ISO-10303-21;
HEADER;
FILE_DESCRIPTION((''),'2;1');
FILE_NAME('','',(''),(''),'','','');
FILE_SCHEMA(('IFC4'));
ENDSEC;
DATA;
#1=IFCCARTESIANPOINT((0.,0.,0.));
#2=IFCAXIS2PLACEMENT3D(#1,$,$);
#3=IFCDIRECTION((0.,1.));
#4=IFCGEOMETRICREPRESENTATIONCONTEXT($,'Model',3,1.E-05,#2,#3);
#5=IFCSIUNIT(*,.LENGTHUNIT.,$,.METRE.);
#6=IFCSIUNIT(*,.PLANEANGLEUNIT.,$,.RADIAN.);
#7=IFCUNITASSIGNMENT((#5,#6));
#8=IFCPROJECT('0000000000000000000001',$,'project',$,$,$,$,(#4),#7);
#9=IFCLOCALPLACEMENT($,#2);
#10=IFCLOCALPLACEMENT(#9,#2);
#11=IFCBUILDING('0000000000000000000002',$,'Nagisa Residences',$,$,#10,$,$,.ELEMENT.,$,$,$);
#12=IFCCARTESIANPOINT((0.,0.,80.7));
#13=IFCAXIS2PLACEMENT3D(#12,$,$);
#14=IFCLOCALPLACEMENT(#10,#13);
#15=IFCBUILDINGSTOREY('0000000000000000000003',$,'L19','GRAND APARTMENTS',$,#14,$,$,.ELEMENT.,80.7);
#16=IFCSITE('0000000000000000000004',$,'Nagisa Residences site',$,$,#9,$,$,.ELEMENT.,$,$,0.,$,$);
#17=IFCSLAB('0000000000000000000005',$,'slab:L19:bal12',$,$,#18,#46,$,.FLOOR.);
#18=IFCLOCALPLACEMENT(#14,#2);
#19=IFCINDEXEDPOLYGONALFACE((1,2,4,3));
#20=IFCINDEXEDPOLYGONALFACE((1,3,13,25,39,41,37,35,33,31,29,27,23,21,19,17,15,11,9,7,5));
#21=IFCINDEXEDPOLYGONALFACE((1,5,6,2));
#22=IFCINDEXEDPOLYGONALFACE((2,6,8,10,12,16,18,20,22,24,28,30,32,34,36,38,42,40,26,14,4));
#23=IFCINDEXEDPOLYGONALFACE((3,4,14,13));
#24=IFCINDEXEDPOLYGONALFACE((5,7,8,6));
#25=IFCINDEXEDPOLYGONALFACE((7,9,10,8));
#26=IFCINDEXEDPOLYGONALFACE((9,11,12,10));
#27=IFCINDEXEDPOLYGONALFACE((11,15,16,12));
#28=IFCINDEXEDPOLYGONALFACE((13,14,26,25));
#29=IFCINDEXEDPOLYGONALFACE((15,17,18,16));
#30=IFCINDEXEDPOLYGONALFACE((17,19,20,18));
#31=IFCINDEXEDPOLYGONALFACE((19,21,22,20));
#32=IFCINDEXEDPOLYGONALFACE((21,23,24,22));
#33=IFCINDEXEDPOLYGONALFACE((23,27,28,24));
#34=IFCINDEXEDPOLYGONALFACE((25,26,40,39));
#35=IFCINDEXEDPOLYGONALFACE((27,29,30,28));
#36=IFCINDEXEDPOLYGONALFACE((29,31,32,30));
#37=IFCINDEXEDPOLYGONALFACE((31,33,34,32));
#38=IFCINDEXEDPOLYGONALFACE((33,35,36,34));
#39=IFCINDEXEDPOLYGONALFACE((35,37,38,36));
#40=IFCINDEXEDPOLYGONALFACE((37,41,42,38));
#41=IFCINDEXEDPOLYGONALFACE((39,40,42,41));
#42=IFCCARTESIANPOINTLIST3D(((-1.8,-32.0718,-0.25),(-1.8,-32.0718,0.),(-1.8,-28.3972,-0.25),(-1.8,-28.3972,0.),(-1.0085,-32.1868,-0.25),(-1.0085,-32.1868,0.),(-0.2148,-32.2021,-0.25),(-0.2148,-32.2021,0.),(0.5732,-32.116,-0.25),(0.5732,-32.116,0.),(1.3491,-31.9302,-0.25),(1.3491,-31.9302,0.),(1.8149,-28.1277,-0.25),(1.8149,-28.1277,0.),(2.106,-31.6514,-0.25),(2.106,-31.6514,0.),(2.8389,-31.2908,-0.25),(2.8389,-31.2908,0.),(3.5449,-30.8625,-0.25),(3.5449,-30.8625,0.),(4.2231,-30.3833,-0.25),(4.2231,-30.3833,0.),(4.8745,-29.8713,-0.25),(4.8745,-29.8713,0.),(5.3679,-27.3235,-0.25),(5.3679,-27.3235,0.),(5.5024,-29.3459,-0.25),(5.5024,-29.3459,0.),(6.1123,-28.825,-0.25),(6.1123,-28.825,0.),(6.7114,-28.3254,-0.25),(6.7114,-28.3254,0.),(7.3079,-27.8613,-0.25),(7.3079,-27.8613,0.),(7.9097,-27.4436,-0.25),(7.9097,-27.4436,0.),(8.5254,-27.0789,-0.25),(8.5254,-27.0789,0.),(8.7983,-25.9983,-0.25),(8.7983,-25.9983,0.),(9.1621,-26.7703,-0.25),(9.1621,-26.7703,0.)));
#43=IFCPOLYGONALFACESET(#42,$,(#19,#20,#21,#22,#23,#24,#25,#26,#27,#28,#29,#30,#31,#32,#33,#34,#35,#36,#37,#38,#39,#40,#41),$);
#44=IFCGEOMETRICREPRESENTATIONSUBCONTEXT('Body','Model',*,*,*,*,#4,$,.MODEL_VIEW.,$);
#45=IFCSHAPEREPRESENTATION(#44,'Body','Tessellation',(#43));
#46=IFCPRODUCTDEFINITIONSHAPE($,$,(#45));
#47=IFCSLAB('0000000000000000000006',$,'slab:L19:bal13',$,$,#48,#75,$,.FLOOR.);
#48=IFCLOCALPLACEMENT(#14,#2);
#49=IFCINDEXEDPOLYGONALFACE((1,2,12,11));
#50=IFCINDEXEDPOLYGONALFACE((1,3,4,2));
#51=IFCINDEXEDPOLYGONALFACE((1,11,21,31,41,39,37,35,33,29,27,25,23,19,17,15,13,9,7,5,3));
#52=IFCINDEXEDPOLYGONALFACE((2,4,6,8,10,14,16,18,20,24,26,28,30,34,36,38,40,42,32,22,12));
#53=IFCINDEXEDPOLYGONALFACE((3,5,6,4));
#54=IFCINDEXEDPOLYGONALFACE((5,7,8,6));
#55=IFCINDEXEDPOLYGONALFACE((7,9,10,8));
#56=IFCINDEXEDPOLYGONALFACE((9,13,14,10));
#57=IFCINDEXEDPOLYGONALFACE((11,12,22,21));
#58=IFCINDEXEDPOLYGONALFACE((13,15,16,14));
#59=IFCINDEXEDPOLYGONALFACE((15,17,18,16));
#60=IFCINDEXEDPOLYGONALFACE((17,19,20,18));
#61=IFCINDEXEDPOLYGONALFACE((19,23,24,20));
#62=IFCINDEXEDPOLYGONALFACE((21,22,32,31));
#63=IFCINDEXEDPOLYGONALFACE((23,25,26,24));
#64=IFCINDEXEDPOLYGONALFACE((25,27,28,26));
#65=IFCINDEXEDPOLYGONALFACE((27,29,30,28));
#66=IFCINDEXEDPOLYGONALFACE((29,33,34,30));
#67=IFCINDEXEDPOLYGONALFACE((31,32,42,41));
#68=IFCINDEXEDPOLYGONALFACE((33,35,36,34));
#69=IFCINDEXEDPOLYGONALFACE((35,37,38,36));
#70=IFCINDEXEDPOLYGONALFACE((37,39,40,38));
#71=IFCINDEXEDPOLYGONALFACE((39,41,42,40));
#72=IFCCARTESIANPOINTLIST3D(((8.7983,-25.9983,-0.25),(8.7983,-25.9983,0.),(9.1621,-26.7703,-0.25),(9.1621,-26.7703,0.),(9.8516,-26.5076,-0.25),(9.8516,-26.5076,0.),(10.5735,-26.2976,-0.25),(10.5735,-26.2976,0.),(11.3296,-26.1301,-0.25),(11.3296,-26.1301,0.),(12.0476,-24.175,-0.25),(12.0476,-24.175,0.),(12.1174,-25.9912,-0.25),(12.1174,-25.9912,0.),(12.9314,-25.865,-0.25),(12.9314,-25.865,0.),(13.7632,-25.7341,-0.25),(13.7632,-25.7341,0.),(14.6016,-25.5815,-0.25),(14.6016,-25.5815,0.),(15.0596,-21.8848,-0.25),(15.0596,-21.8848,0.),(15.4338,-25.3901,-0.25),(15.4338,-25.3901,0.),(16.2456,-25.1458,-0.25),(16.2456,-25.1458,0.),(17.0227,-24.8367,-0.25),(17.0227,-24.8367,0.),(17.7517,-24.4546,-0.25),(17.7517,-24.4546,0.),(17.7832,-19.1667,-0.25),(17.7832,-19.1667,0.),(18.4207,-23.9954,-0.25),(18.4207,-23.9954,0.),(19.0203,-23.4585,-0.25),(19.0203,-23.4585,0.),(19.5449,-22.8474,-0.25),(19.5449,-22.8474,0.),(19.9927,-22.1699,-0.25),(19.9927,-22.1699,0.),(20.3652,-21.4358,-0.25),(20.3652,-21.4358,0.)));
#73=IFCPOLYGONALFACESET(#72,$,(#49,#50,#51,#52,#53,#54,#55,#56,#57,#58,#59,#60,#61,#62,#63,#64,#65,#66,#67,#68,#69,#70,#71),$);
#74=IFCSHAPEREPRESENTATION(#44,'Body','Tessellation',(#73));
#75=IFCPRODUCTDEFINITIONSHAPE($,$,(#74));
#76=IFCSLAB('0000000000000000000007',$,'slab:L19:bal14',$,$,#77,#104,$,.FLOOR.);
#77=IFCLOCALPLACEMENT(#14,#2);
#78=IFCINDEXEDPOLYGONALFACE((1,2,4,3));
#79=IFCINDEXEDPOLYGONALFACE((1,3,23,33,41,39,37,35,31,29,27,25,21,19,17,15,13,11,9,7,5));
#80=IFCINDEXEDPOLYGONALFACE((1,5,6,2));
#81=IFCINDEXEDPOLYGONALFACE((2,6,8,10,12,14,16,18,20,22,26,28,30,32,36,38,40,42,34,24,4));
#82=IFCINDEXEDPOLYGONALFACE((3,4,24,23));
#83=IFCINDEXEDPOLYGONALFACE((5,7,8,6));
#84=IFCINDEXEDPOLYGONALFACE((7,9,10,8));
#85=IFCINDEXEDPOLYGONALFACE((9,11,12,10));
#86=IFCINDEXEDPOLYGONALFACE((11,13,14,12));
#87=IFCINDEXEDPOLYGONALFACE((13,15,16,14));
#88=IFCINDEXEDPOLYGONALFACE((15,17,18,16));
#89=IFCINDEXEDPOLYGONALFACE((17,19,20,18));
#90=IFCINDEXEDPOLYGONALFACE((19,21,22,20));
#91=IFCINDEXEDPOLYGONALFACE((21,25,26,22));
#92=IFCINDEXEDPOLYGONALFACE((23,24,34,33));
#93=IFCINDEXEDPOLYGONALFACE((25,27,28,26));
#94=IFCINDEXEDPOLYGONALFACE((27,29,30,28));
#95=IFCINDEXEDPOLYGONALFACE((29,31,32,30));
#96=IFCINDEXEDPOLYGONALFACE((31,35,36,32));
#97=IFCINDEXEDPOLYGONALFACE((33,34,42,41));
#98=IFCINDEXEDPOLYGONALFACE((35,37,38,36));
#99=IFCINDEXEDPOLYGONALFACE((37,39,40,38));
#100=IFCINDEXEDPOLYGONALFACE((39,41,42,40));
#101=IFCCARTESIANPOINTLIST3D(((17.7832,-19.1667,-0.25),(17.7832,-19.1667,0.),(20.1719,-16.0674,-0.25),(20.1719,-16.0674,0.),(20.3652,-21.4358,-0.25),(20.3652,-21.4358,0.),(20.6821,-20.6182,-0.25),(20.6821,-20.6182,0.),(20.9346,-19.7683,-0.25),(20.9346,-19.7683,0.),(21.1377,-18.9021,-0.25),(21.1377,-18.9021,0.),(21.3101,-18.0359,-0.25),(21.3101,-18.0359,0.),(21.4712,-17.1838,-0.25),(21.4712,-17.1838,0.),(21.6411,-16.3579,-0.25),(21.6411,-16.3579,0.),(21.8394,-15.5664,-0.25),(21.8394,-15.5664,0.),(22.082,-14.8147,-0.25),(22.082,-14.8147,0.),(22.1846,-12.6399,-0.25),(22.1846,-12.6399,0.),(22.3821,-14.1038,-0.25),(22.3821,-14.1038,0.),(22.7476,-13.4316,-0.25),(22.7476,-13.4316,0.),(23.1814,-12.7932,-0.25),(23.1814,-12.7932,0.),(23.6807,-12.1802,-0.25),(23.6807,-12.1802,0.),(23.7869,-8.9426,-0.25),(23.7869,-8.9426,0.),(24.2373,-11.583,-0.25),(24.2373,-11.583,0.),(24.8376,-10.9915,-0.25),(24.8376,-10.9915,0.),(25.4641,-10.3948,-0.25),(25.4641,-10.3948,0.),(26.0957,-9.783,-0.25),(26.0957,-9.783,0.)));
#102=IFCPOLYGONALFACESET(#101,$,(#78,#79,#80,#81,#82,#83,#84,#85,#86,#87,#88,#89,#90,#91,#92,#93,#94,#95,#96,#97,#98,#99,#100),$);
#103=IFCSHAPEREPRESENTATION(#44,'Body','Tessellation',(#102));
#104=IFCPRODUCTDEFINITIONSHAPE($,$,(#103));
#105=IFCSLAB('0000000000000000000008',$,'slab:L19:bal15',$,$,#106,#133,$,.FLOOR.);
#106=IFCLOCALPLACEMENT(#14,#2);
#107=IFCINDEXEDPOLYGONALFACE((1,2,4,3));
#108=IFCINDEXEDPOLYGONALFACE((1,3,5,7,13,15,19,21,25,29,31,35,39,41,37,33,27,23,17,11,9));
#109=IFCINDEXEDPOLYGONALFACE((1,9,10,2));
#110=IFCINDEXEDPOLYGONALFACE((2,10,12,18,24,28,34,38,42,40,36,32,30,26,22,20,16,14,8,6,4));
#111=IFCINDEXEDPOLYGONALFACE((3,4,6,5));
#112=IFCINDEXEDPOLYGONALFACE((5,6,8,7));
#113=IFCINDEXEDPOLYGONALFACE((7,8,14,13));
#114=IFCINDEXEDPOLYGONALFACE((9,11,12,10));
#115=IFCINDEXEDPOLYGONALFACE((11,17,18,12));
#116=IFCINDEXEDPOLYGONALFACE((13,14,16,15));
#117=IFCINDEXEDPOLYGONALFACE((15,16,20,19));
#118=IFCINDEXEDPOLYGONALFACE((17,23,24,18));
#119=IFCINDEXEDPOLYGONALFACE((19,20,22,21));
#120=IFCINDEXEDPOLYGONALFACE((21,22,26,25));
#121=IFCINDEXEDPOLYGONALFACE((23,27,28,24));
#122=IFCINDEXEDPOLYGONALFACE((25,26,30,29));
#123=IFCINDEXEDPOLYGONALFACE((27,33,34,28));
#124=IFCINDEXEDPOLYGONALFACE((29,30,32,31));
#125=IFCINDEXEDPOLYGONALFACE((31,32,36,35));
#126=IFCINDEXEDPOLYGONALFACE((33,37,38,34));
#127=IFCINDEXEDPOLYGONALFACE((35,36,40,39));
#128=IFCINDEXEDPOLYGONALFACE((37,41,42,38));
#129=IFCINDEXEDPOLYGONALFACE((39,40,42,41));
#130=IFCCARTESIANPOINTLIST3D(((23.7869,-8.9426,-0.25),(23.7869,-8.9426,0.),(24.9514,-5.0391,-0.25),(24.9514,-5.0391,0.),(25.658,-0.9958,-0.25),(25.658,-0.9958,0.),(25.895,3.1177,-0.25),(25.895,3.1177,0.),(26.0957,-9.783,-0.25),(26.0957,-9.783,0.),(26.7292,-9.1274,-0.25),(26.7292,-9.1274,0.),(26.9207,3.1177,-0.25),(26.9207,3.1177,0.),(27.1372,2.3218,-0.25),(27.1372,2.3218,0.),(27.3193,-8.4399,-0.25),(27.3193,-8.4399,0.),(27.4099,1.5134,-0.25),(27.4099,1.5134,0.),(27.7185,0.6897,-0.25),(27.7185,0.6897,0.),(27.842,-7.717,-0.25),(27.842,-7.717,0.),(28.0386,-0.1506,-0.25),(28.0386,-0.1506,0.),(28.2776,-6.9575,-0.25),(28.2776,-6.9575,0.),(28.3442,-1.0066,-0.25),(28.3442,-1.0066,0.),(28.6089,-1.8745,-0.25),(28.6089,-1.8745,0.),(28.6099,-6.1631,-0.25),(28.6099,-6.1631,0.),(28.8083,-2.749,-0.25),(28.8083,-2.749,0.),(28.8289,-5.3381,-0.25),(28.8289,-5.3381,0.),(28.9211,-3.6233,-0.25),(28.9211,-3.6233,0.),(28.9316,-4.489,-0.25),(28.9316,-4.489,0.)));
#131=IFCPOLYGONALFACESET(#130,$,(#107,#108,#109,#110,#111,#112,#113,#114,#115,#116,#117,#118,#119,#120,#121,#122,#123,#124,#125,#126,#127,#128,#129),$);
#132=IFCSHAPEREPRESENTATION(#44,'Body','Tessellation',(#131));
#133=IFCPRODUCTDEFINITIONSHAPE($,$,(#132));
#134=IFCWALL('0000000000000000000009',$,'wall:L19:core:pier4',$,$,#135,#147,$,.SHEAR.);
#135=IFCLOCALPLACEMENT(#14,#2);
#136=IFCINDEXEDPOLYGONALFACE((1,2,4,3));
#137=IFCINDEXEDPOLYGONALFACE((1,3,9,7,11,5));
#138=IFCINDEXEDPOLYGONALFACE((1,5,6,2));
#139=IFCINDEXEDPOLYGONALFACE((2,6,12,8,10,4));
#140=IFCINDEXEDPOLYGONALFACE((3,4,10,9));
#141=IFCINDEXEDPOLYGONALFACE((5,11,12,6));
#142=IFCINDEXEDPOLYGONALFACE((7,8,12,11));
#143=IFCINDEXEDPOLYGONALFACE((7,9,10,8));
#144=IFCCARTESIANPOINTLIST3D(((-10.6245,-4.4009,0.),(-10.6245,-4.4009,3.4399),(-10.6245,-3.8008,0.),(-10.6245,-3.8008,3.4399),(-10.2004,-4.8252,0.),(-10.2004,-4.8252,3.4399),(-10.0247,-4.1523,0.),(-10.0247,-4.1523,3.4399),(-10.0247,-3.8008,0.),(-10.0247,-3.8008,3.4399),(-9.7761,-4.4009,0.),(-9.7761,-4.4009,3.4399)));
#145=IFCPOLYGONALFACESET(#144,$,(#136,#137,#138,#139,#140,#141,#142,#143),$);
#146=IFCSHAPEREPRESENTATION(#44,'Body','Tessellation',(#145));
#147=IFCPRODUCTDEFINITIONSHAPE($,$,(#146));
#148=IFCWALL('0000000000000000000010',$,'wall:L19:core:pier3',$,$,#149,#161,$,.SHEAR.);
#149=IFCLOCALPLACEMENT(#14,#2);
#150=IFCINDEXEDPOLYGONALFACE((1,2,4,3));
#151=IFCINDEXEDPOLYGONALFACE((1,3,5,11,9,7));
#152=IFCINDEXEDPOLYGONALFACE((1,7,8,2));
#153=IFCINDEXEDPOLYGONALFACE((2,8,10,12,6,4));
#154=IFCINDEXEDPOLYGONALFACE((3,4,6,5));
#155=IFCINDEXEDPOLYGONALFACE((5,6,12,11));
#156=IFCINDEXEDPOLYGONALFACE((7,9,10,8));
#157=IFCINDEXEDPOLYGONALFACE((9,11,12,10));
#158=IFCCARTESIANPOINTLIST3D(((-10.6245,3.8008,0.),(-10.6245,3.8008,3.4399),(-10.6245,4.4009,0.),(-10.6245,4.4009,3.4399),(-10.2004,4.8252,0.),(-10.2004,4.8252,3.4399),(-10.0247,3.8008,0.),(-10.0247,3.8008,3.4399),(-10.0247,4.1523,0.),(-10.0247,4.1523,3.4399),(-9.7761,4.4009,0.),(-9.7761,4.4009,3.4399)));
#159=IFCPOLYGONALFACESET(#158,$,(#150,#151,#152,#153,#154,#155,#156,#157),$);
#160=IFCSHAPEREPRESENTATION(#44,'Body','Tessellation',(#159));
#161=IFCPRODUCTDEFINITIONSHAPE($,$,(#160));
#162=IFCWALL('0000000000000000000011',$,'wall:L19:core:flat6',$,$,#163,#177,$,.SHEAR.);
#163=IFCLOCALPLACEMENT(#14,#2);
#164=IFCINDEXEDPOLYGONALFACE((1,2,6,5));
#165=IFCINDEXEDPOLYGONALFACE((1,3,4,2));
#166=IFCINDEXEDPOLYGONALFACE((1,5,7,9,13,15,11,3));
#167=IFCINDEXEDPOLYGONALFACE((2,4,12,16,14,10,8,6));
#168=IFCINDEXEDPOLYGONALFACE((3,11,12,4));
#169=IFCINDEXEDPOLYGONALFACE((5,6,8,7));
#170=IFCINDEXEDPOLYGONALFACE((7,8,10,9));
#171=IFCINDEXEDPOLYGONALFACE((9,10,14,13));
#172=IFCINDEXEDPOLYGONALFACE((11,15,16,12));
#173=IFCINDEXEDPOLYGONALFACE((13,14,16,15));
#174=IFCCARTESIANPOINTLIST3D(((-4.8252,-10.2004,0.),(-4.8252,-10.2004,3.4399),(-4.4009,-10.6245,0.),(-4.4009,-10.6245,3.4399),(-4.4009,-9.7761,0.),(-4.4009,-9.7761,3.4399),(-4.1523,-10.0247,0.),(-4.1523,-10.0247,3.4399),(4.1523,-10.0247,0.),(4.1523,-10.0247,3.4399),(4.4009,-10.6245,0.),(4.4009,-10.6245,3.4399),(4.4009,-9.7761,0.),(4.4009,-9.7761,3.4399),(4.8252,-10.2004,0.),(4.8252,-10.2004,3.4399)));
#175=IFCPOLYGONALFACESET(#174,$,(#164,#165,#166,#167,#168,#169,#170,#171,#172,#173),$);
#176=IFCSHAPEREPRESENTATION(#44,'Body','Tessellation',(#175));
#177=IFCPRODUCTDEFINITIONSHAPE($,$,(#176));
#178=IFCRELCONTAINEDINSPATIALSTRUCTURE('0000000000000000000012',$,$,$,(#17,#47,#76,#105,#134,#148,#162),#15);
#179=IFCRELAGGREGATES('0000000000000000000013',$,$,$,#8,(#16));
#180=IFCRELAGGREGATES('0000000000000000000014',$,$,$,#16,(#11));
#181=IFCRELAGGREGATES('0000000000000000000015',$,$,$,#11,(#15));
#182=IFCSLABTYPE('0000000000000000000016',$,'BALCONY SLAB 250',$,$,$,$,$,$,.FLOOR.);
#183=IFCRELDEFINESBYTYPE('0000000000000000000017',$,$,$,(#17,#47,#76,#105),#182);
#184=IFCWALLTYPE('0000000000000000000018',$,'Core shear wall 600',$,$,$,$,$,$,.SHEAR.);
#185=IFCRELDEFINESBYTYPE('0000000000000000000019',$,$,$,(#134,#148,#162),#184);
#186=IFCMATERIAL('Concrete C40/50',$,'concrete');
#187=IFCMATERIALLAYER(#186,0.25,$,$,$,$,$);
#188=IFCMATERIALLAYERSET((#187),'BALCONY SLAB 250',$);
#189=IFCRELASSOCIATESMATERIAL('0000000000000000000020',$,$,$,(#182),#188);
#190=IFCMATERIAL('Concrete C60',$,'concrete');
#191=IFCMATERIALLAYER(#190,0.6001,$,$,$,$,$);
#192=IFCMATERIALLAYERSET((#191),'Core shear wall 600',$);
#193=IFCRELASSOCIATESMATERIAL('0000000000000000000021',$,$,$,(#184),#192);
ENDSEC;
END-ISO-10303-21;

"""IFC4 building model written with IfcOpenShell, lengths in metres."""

from ifc_helpers import new_model, si_unit, direction, frame, origin, place, context, subcontext, project, spatial, polyline, outline, extrude, material, layer, layer_set, type_object, element, save


model = new_model("IFC4")

# Units and contexts
model_context = context("Model", 3, precision=1e-05, world=origin(), true_north=direction((0.0, 1.0)))
body_context = subcontext(model_context, "Body", "Model", "MODEL_VIEW")
ifc_project = project(units=[si_unit("LENGTHUNIT", "METRE"), si_unit("PLANEANGLEUNIT", "RADIAN")], contexts=[model_context])

# Site, building, storey
site_placement = place(None, origin())
site = spatial("IfcSite", under=ifc_project, at=site_placement, Name="Nagisa Residences site", CompositionType="ELEMENT", RefElevation=0.0)
building_placement = place(site_placement, origin())
building = spatial("IfcBuilding", under=site, at=building_placement, Name="Nagisa Residences", CompositionType="ELEMENT")
storey_placement = place(building_placement, frame((0.0, 0.0, 80.7)))
storey = spatial("IfcBuildingStorey", under=building, at=storey_placement, Name="L19", Description="GRAND APARTMENTS", CompositionType="ELEMENT", Elevation=80.7)

# Slabs
ifc_material_1 = material(Name="Concrete C40/50", Category="concrete")
ifc_layer_1 = layer(ifc_material_1, 0.25)
ifc_layer_set_1 = layer_set([ifc_layer_1], Name="BALCONY SLAB 250")
slab_type = type_object("IfcSlabType", Name="BALCONY SLAB 250", PredefinedType="FLOOR", material=ifc_layer_set_1)
slab_1_placement = place(storey_placement, frame((0.0, 0.0, -0.25)))
element("IfcSlab", 1, at=slab_1_placement, inside=storey, type_object=slab_type, Name="slab:L19:bal12", PredefinedType="FLOOR", context=body_context, shape_type="SweptSolid", body=[
    extrude(outline(polyline([(-1.8, -32.0718), (-1.0085, -32.1868), (-0.2148, -32.2021), (0.5732, -32.116), (1.3491, -31.9302), (2.106, -31.6514), (2.8389, -31.2908), (3.5449, -30.8625), (4.2231, -30.3833), (4.8745, -29.8713), (5.5024, -29.3459), (6.1123, -28.825), (6.7114, -28.3254), (7.3079, -27.8613), (7.9097, -27.4436), (8.5254, -27.0789), (9.1621, -26.7703), (8.7983, -25.9983), (5.3679, -27.3235), (1.8149, -28.1277), (-1.8, -28.3972), (-1.8, -32.0718)])), origin(), (0.0, 0.0, 1.0), 0.25),
])
slab_2_placement = place(storey_placement, frame((0.0, 0.0, -0.25)))
element("IfcSlab", 2, at=slab_2_placement, inside=storey, type_object=slab_type, Name="slab:L19:bal13", PredefinedType="FLOOR", context=body_context, shape_type="SweptSolid", body=[
    extrude(outline(polyline([(9.1621, -26.7703), (9.8516, -26.5076), (10.5735, -26.2976), (11.3296, -26.1301), (12.1174, -25.9912), (12.9314, -25.865), (13.7632, -25.7341), (14.6016, -25.5815), (15.4338, -25.3901), (16.2456, -25.1458), (17.0227, -24.8367), (17.7517, -24.4546), (18.4207, -23.9954), (19.0203, -23.4585), (19.5449, -22.8474), (19.9927, -22.1699), (20.3652, -21.4358), (17.7832, -19.1667), (15.0596, -21.8848), (12.0476, -24.175), (8.7983, -25.9983), (9.1621, -26.7703)])), origin(), (0.0, 0.0, 1.0), 0.25),
])
slab_3_placement = place(storey_placement, frame((0.0, 0.0, -0.25)))
element("IfcSlab", 3, at=slab_3_placement, inside=storey, type_object=slab_type, Name="slab:L19:bal14", PredefinedType="FLOOR", context=body_context, shape_type="SweptSolid", body=[
    extrude(outline(polyline([(20.3652, -21.4358), (20.6821, -20.6182), (20.9346, -19.7683), (21.1377, -18.9021), (21.3101, -18.0359), (21.4712, -17.1838), (21.6411, -16.3579), (21.8394, -15.5664), (22.082, -14.8147), (22.3821, -14.1038), (22.7476, -13.4316), (23.1814, -12.7932), (23.6807, -12.1802), (24.2373, -11.583), (24.8376, -10.9915), (25.4641, -10.3948), (26.0957, -9.783), (23.7869, -8.9426), (22.1846, -12.6399), (20.1719, -16.0674), (17.7832, -19.1667), (20.3652, -21.4358)])), origin(), (0.0, 0.0, 1.0), 0.25),
])
slab_4_placement = place(storey_placement, frame((0.0, 0.0, -0.25)))
element("IfcSlab", 4, at=slab_4_placement, inside=storey, type_object=slab_type, Name="slab:L19:bal15", PredefinedType="FLOOR", context=body_context, shape_type="SweptSolid", body=[
    extrude(outline(polyline([(26.0957, -9.783), (26.7292, -9.1274), (27.3193, -8.4399), (27.842, -7.717), (28.2776, -6.9575), (28.6099, -6.1631), (28.8289, -5.3381), (28.9316, -4.489), (28.9211, -3.6233), (28.8083, -2.749), (28.6089, -1.8745), (28.3442, -1.0066), (28.0386, -0.1506), (27.7185, 0.6897), (27.4099, 1.5134), (27.1372, 2.3218), (26.9207, 3.1177), (25.895, 3.1177), (25.658, -0.9958), (24.9514, -5.0391), (23.7869, -8.9426), (26.0957, -9.783)])), origin(), (0.0, 0.0, 1.0), 0.25),
])

# Walls
ifc_material_2 = material(Name="Concrete C60", Category="concrete")
ifc_layer_2 = layer(ifc_material_2, 0.6001)
ifc_layer_set_2 = layer_set([ifc_layer_2], Name="Core shear wall 600")
wall_type_1 = type_object("IfcWallType", Name="Core shear wall 600", PredefinedType="SHEAR", material=ifc_layer_set_2)
wall_1_placement = place(storey_placement, origin())
element("IfcWall", 5, at=wall_1_placement, inside=storey, type_object=wall_type_1, Name="wall:L19:core:pier4", PredefinedType="SHEAR", context=body_context, shape_type="SweptSolid", body=[
    extrude(outline(polyline([(-10.6245, -3.8008), (-10.0247, -3.8008), (-10.0247, -4.1523), (-9.7761, -4.4009), (-10.2004, -4.8252), (-10.6245, -4.4009), (-10.6245, -3.8008)])), origin(), (0.0, 0.0, 1.0), 3.4399),
])
wall_2_placement = place(storey_placement, origin())
element("IfcWall", 6, at=wall_2_placement, inside=storey, type_object=wall_type_1, Name="wall:L19:core:pier3", PredefinedType="SHEAR", context=body_context, shape_type="SweptSolid", body=[
    extrude(outline(polyline([(-10.2004, 4.8252), (-9.7761, 4.4009), (-10.0247, 4.1523), (-10.0247, 3.8008), (-10.6245, 3.8008), (-10.6245, 4.4009), (-10.2004, 4.8252)])), origin(), (0.0, 0.0, 1.0), 3.4399),
])
wall_3_placement = place(storey_placement, origin())
element("IfcWall", 7, at=wall_3_placement, inside=storey, type_object=wall_type_1, Name="wall:L19:core:flat6", PredefinedType="SHEAR", context=body_context, shape_type="SweptSolid", body=[
    extrude(outline(polyline([(-4.1523, -10.0247), (4.1523, -10.0247), (4.4009, -9.7761), (4.8252, -10.2004), (4.4009, -10.6245), (-4.4009, -10.6245), (-4.8252, -10.2004), (-4.4009, -9.7761), (-4.1523, -10.0247)])), origin(), (0.0, 0.0, 1.0), 3.4399),
])

save(model, "model.ifc")
